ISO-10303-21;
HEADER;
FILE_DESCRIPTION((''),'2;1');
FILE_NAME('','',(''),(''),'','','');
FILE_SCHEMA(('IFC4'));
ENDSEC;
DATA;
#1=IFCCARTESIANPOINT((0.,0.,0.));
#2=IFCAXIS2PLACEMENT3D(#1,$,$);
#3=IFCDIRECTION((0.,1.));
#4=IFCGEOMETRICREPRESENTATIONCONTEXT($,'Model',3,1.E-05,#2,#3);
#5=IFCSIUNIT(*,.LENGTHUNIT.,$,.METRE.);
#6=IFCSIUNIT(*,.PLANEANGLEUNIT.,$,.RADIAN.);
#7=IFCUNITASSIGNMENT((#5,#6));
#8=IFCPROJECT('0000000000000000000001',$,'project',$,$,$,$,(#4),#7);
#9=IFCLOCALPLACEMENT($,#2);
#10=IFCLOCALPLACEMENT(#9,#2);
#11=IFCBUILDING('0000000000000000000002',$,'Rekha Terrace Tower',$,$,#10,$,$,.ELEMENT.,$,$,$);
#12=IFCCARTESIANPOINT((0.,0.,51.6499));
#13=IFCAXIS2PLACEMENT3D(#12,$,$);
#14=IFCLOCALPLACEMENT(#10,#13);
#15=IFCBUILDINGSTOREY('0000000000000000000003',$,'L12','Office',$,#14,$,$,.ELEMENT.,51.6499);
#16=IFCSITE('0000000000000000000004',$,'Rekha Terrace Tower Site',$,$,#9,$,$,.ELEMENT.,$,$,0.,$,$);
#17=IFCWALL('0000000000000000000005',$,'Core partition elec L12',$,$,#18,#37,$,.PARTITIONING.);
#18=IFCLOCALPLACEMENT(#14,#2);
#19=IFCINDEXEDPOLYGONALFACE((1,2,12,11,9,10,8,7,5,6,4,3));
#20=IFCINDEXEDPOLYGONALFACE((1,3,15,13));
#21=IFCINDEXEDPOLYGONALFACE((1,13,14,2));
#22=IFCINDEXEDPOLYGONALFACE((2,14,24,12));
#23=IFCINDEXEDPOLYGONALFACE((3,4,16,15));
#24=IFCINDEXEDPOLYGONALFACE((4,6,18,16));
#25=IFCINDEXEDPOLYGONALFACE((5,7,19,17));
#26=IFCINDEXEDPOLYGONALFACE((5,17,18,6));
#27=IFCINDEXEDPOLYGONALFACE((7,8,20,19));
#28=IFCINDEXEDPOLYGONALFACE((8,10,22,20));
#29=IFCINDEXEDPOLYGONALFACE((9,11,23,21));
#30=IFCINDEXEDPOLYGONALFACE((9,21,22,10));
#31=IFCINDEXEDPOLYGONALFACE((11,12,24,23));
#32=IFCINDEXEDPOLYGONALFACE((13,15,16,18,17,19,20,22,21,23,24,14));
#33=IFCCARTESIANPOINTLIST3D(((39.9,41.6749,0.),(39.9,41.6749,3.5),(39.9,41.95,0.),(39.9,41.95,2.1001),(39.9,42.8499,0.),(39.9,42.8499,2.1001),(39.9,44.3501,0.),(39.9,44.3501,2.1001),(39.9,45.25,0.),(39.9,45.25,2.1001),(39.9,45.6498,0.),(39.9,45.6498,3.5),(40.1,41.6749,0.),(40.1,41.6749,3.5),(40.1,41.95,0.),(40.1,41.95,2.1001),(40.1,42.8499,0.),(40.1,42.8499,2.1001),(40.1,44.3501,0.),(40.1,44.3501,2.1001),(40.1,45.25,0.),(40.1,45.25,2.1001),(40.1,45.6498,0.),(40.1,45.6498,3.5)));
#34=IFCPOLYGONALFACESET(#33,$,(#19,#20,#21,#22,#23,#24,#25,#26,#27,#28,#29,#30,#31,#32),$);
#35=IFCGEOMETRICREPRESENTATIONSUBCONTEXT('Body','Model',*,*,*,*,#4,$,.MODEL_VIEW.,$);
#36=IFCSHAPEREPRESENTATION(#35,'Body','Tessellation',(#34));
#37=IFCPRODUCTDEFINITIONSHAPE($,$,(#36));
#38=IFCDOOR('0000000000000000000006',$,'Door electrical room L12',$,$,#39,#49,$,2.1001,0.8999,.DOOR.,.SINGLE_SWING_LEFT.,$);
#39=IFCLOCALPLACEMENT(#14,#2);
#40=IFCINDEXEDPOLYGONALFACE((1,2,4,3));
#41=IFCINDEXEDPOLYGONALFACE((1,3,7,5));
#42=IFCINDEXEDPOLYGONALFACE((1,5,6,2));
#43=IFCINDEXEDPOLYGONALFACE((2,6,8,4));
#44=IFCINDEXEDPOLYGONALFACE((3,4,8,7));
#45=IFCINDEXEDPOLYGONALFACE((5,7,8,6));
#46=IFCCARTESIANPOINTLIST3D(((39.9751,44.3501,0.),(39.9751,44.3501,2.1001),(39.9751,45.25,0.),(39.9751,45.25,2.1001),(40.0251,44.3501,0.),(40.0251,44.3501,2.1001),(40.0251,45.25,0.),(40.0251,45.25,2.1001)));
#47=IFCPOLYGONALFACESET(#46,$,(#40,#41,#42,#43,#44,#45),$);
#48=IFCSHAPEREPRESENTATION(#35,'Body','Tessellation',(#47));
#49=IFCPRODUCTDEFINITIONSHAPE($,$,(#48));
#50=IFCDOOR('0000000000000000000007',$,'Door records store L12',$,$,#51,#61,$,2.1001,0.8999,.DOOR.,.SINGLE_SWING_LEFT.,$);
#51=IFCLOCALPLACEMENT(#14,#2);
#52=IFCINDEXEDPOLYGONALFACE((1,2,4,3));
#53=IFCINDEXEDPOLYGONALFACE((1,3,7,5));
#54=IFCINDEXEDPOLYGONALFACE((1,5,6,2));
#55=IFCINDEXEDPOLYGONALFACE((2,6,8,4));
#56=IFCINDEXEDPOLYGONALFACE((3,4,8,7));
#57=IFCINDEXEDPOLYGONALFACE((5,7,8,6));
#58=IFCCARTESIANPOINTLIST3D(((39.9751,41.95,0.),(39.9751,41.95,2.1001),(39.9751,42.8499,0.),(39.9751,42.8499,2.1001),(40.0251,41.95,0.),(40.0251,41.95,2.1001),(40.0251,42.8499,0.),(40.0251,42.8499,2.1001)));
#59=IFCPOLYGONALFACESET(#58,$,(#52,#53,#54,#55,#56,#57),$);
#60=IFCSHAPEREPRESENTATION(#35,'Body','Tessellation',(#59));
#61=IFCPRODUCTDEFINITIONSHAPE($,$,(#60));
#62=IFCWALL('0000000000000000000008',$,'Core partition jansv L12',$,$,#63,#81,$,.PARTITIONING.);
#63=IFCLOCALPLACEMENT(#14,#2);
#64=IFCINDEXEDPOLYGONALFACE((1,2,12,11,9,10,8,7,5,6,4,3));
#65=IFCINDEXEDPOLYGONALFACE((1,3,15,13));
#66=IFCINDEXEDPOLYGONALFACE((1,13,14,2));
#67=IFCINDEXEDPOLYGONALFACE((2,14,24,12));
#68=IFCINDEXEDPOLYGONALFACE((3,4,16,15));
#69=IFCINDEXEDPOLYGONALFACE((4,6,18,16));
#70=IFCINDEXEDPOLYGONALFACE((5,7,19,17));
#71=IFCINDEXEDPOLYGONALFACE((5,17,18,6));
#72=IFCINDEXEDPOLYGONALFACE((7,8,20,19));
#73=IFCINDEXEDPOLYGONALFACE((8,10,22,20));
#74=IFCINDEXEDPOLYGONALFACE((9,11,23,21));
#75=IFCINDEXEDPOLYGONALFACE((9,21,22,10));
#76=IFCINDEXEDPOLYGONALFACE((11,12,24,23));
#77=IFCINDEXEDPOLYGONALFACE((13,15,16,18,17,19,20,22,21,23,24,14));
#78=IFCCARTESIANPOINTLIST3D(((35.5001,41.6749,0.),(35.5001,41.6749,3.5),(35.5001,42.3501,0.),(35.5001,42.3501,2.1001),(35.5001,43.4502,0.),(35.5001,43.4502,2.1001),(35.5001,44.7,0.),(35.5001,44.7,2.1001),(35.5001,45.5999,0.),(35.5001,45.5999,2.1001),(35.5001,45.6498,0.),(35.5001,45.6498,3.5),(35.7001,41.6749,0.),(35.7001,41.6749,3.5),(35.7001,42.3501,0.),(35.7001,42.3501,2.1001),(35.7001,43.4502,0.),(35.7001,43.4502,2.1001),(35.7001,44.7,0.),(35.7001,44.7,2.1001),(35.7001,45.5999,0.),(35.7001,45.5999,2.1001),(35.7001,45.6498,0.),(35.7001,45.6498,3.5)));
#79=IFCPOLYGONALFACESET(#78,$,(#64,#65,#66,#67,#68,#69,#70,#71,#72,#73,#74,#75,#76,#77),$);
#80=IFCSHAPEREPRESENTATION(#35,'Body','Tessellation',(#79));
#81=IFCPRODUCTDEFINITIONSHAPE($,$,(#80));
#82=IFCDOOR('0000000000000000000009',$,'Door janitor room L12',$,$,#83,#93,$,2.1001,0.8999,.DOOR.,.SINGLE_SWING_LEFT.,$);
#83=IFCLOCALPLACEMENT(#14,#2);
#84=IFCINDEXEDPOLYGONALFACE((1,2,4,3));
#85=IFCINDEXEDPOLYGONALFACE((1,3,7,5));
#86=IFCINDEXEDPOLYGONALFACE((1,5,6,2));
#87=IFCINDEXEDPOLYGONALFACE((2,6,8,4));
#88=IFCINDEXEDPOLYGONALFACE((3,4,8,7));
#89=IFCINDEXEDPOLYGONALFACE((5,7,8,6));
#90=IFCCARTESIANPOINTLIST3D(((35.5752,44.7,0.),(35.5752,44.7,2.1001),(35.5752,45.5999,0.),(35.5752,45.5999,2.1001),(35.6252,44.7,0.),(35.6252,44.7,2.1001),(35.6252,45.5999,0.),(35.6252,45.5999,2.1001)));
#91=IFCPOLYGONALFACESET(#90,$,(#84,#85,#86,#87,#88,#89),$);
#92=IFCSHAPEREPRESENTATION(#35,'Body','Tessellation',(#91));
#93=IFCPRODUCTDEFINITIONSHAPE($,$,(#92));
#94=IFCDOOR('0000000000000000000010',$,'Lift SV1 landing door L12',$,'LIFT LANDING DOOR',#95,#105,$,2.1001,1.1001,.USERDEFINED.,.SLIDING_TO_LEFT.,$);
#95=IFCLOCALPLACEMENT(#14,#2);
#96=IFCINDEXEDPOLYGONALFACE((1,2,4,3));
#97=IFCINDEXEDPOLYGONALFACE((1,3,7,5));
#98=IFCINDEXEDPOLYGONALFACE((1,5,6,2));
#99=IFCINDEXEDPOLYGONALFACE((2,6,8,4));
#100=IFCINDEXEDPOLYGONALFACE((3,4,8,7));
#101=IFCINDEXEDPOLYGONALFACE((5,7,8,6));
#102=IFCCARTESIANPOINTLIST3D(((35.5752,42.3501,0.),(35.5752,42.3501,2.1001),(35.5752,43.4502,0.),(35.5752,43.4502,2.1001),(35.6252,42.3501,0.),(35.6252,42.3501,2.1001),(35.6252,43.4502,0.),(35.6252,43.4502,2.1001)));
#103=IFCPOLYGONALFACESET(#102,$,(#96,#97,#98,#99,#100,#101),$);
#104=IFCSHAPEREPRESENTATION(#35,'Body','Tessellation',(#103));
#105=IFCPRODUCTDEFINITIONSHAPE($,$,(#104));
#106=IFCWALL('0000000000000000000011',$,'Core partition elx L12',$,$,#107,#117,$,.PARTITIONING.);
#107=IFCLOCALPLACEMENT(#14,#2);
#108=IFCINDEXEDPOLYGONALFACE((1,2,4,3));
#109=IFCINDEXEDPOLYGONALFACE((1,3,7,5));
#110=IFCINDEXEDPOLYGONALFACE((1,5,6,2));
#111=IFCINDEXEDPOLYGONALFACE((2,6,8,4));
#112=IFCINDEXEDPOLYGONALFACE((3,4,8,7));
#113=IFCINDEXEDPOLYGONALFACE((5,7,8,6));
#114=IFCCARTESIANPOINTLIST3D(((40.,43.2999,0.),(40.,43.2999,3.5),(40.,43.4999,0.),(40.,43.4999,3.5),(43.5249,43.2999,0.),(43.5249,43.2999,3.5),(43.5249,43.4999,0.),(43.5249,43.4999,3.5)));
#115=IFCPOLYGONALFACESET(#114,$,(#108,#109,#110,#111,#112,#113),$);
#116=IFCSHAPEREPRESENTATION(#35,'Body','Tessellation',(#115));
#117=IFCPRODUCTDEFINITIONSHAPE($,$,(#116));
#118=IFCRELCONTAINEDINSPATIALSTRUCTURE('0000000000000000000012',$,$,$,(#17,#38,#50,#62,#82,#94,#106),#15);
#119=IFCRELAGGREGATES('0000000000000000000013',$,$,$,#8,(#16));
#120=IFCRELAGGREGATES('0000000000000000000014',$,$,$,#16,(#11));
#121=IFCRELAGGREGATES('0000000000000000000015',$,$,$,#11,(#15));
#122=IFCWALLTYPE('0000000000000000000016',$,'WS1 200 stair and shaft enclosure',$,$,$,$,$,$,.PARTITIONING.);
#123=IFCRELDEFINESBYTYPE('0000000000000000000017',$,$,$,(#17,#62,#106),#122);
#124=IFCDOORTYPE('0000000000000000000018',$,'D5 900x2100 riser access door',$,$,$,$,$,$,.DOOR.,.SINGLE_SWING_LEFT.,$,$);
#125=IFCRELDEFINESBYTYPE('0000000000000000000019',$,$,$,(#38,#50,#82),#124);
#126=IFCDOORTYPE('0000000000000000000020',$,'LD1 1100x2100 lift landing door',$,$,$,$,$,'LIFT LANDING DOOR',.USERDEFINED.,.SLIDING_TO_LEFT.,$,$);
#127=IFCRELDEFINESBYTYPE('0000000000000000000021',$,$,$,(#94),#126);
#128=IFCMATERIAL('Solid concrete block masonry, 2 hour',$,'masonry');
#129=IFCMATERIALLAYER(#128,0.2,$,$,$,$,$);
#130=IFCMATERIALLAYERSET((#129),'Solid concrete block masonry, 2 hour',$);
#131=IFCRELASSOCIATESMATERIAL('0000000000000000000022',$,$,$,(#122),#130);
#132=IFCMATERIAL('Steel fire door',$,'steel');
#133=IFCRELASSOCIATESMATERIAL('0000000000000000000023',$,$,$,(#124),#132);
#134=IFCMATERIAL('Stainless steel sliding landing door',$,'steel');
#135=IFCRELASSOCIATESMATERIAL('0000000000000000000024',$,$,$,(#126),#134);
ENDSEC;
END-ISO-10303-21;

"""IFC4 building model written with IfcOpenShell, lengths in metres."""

from ifc_helpers import new_model, si_unit, direction, frame, frame_2d, origin, place, context, subcontext, project, spatial, rectangle, extrude, material, layer, layer_set, type_object, element, fill, save


model = new_model("IFC4")

# Units and contexts
model_context = context("Model", 3, precision=1e-05, world=origin(), true_north=direction((0.0, 1.0)))
body_context = subcontext(model_context, "Body", "Model", "MODEL_VIEW")
ifc_project = project(units=[si_unit("LENGTHUNIT", "METRE"), si_unit("PLANEANGLEUNIT", "RADIAN")], contexts=[model_context])

# Site, building, storey
site_placement = place(None, origin())
site = spatial("IfcSite", under=ifc_project, at=site_placement, Name="Rekha Terrace Tower Site", CompositionType="ELEMENT", RefElevation=0.0)
building_placement = place(site_placement, origin())
building = spatial("IfcBuilding", under=site, at=building_placement, Name="Rekha Terrace Tower", CompositionType="ELEMENT")
storey_placement = place(building_placement, frame((0.0, 0.0, 51.6499)))
storey = spatial("IfcBuildingStorey", under=building, at=storey_placement, Name="L12", Description="Office", CompositionType="ELEMENT", Elevation=51.6499)

# Shared definitions
ifc_material_1 = material(Name="Stainless steel sliding landing door", Category="steel")
ifc_material_2 = material(Name="Steel fire door", Category="steel")

# Shared definitions
ifc_material_3 = material(Name="Solid concrete block masonry, 2 hour", Category="masonry")
ifc_layer_1 = layer(ifc_material_3, 0.2)
ifc_layer_set_1 = layer_set([ifc_layer_1], Name="Solid concrete block masonry, 2 hour")
wall_type_1 = type_object("IfcWallType", Name="WS1 200 stair and shaft enclosure", PredefinedType="PARTITIONING", material=ifc_layer_set_1)

# Walls, openings, doors
wall_1_placement = place(storey_placement, frame((40.0, 41.675, 0.0), z_axis=(0.0, 0.0, 1.0), x_axis=(0.0, 1.0, 0.0)))
wall_1 = element("IfcWall", 1, at=wall_1_placement, inside=storey, type_object=wall_type_1, Name="Core partition elec L12", PredefinedType="PARTITIONING", context=body_context, shape_type="SweptSolid", body=[
    extrude(rectangle(XDim=3.9749, YDim=0.2, at=frame_2d((1.9873, 0.0))), origin(), (0.0, 0.0, 1.0), 3.5),
])
opening_1_placement = place(wall_1_placement, frame((2.675, 0.0, 0.0)))
opening_1 = element("IfcOpeningElement", 2, at=opening_1_placement, cuts=wall_1, PredefinedType="OPENING", context=body_context, shape_type="SweptSolid", body=[
    extrude(rectangle(XDim=0.8999, YDim=2.1001, at=frame_2d((0.45, 1.05))), frame((0.0, 0.1099, 0.0), z_axis=(0.0, -1.0, 0.0), x_axis=(1.0, 0.0, 0.0)), (0.0, 0.0, 1.0), 0.22),
])
opening_2_placement = place(wall_1_placement, frame((0.2749, 0.0, 0.0)))
opening_2 = element("IfcOpeningElement", 3, at=opening_2_placement, cuts=wall_1, PredefinedType="OPENING", context=body_context, shape_type="SweptSolid", body=[
    extrude(rectangle(XDim=0.8999, YDim=2.1001, at=frame_2d((0.45, 1.05))), frame((0.0, 0.1099, 0.0), z_axis=(0.0, -1.0, 0.0), x_axis=(1.0, 0.0, 0.0)), (0.0, 0.0, 1.0), 0.22),
])
door_type_1 = type_object("IfcDoorType", Name="D5 900x2100 riser access door", OperationType="SINGLE_SWING_LEFT", PredefinedType="DOOR", material=ifc_material_2)
door_1_placement = place(opening_1_placement, origin())
door_1 = element("IfcDoor", 4, at=door_1_placement, inside=storey, type_object=door_type_1, Name="Door electrical room L12", OperationType="SINGLE_SWING_LEFT", OverallHeight=2.1001, OverallWidth=0.8999, PredefinedType="DOOR", context=body_context, shape_type="SweptSolid", body=[
    extrude(rectangle(XDim=0.8999, YDim=2.1001, at=frame_2d((0.45, 1.05))), frame((0.0, 0.0249, 0.0), z_axis=(0.0, -1.0, 0.0), x_axis=(1.0, 0.0, 0.0)), (0.0, 0.0, 1.0), 0.05),
])
fill(opening_1, door_1)
door_2_placement = place(opening_2_placement, origin())
door_2 = element("IfcDoor", 5, at=door_2_placement, inside=storey, type_object=door_type_1, Name="Door records store L12", OperationType="SINGLE_SWING_LEFT", OverallHeight=2.1001, OverallWidth=0.8999, PredefinedType="DOOR", context=body_context, shape_type="SweptSolid", body=[
    extrude(rectangle(XDim=0.8999, YDim=2.1001, at=frame_2d((0.45, 1.05))), frame((0.0, 0.0249, 0.0), z_axis=(0.0, -1.0, 0.0), x_axis=(1.0, 0.0, 0.0)), (0.0, 0.0, 1.0), 0.05),
])
fill(opening_2, door_2)
wall_2_placement = place(storey_placement, frame((35.6001, 41.675, 0.0), z_axis=(0.0, 0.0, 1.0), x_axis=(0.0, 1.0, 0.0)))
wall_2 = element("IfcWall", 6, at=wall_2_placement, inside=storey, type_object=wall_type_1, Name="Core partition jansv L12", PredefinedType="PARTITIONING", context=body_context, shape_type="SweptSolid", body=[
    extrude(rectangle(XDim=3.9749, YDim=0.2, at=frame_2d((1.9873, 0.0))), origin(), (0.0, 0.0, 1.0), 3.5),
])
opening_3_placement = place(wall_2_placement, frame((3.0249, 0.0, 0.0)))
opening_3 = element("IfcOpeningElement", 7, at=opening_3_placement, cuts=wall_2, PredefinedType="OPENING", context=body_context, shape_type="SweptSolid", body=[
    extrude(rectangle(XDim=0.8999, YDim=2.1001, at=frame_2d((0.45, 1.05))), frame((0.0, 0.1099, 0.0), z_axis=(0.0, -1.0, 0.0), x_axis=(1.0, 0.0, 0.0)), (0.0, 0.0, 1.0), 0.22),
])
opening_4_placement = place(wall_2_placement, frame((0.675, 0.0, 0.0)))
opening_4 = element("IfcOpeningElement", 8, at=opening_4_placement, cuts=wall_2, PredefinedType="OPENING", context=body_context, shape_type="SweptSolid", body=[
    extrude(rectangle(XDim=1.1001, YDim=2.1001, at=frame_2d((0.55, 1.05))), frame((0.0, 0.1099, 0.0), z_axis=(0.0, -1.0, 0.0), x_axis=(1.0, 0.0, 0.0)), (0.0, 0.0, 1.0), 0.22),
])
door_3_placement = place(opening_3_placement, origin())
door_3 = element("IfcDoor", 9, at=door_3_placement, inside=storey, type_object=door_type_1, Name="Door janitor room L12", OperationType="SINGLE_SWING_LEFT", OverallHeight=2.1001, OverallWidth=0.8999, PredefinedType="DOOR", context=body_context, shape_type="SweptSolid", body=[
    extrude(rectangle(XDim=0.8999, YDim=2.1001, at=frame_2d((0.45, 1.05))), frame((0.0, 0.0249, 0.0), z_axis=(0.0, -1.0, 0.0), x_axis=(1.0, 0.0, 0.0)), (0.0, 0.0, 1.0), 0.05),
])
fill(opening_3, door_3)
door_type_2 = type_object("IfcDoorType", Name="LD1 1100x2100 lift landing door", ElementType="LIFT LANDING DOOR", OperationType="SLIDING_TO_LEFT", PredefinedType="USERDEFINED", material=ifc_material_1)
door_4_placement = place(opening_4_placement, origin())
door_4 = element("IfcDoor", 10, at=door_4_placement, inside=storey, type_object=door_type_2, Name="Lift SV1 landing door L12", ObjectType="LIFT LANDING DOOR", OperationType="SLIDING_TO_LEFT", OverallHeight=2.1001, OverallWidth=1.1001, PredefinedType="USERDEFINED", context=body_context, shape_type="SweptSolid", body=[
    extrude(rectangle(XDim=1.1001, YDim=2.1001, at=frame_2d((0.55, 1.05))), frame((0.0, 0.0249, 0.0), z_axis=(0.0, -1.0, 0.0), x_axis=(1.0, 0.0, 0.0)), (0.0, 0.0, 1.0), 0.05),
])
fill(opening_4, door_4)

# Wall
wall_3_placement = place(storey_placement, frame((40.0, 43.3999, 0.0), z_axis=(0.0, 0.0, 1.0), x_axis=(1.0, 0.0, 0.0)))
element("IfcWall", 11, at=wall_3_placement, inside=storey, type_object=wall_type_1, Name="Core partition elx L12", PredefinedType="PARTITIONING", context=body_context, shape_type="SweptSolid", body=[
    extrude(rectangle(XDim=3.5249, YDim=0.2, at=frame_2d((1.7625, 0.0))), origin(), (0.0, 0.0, 1.0), 3.5),
])

save(model, "model.ifc")
